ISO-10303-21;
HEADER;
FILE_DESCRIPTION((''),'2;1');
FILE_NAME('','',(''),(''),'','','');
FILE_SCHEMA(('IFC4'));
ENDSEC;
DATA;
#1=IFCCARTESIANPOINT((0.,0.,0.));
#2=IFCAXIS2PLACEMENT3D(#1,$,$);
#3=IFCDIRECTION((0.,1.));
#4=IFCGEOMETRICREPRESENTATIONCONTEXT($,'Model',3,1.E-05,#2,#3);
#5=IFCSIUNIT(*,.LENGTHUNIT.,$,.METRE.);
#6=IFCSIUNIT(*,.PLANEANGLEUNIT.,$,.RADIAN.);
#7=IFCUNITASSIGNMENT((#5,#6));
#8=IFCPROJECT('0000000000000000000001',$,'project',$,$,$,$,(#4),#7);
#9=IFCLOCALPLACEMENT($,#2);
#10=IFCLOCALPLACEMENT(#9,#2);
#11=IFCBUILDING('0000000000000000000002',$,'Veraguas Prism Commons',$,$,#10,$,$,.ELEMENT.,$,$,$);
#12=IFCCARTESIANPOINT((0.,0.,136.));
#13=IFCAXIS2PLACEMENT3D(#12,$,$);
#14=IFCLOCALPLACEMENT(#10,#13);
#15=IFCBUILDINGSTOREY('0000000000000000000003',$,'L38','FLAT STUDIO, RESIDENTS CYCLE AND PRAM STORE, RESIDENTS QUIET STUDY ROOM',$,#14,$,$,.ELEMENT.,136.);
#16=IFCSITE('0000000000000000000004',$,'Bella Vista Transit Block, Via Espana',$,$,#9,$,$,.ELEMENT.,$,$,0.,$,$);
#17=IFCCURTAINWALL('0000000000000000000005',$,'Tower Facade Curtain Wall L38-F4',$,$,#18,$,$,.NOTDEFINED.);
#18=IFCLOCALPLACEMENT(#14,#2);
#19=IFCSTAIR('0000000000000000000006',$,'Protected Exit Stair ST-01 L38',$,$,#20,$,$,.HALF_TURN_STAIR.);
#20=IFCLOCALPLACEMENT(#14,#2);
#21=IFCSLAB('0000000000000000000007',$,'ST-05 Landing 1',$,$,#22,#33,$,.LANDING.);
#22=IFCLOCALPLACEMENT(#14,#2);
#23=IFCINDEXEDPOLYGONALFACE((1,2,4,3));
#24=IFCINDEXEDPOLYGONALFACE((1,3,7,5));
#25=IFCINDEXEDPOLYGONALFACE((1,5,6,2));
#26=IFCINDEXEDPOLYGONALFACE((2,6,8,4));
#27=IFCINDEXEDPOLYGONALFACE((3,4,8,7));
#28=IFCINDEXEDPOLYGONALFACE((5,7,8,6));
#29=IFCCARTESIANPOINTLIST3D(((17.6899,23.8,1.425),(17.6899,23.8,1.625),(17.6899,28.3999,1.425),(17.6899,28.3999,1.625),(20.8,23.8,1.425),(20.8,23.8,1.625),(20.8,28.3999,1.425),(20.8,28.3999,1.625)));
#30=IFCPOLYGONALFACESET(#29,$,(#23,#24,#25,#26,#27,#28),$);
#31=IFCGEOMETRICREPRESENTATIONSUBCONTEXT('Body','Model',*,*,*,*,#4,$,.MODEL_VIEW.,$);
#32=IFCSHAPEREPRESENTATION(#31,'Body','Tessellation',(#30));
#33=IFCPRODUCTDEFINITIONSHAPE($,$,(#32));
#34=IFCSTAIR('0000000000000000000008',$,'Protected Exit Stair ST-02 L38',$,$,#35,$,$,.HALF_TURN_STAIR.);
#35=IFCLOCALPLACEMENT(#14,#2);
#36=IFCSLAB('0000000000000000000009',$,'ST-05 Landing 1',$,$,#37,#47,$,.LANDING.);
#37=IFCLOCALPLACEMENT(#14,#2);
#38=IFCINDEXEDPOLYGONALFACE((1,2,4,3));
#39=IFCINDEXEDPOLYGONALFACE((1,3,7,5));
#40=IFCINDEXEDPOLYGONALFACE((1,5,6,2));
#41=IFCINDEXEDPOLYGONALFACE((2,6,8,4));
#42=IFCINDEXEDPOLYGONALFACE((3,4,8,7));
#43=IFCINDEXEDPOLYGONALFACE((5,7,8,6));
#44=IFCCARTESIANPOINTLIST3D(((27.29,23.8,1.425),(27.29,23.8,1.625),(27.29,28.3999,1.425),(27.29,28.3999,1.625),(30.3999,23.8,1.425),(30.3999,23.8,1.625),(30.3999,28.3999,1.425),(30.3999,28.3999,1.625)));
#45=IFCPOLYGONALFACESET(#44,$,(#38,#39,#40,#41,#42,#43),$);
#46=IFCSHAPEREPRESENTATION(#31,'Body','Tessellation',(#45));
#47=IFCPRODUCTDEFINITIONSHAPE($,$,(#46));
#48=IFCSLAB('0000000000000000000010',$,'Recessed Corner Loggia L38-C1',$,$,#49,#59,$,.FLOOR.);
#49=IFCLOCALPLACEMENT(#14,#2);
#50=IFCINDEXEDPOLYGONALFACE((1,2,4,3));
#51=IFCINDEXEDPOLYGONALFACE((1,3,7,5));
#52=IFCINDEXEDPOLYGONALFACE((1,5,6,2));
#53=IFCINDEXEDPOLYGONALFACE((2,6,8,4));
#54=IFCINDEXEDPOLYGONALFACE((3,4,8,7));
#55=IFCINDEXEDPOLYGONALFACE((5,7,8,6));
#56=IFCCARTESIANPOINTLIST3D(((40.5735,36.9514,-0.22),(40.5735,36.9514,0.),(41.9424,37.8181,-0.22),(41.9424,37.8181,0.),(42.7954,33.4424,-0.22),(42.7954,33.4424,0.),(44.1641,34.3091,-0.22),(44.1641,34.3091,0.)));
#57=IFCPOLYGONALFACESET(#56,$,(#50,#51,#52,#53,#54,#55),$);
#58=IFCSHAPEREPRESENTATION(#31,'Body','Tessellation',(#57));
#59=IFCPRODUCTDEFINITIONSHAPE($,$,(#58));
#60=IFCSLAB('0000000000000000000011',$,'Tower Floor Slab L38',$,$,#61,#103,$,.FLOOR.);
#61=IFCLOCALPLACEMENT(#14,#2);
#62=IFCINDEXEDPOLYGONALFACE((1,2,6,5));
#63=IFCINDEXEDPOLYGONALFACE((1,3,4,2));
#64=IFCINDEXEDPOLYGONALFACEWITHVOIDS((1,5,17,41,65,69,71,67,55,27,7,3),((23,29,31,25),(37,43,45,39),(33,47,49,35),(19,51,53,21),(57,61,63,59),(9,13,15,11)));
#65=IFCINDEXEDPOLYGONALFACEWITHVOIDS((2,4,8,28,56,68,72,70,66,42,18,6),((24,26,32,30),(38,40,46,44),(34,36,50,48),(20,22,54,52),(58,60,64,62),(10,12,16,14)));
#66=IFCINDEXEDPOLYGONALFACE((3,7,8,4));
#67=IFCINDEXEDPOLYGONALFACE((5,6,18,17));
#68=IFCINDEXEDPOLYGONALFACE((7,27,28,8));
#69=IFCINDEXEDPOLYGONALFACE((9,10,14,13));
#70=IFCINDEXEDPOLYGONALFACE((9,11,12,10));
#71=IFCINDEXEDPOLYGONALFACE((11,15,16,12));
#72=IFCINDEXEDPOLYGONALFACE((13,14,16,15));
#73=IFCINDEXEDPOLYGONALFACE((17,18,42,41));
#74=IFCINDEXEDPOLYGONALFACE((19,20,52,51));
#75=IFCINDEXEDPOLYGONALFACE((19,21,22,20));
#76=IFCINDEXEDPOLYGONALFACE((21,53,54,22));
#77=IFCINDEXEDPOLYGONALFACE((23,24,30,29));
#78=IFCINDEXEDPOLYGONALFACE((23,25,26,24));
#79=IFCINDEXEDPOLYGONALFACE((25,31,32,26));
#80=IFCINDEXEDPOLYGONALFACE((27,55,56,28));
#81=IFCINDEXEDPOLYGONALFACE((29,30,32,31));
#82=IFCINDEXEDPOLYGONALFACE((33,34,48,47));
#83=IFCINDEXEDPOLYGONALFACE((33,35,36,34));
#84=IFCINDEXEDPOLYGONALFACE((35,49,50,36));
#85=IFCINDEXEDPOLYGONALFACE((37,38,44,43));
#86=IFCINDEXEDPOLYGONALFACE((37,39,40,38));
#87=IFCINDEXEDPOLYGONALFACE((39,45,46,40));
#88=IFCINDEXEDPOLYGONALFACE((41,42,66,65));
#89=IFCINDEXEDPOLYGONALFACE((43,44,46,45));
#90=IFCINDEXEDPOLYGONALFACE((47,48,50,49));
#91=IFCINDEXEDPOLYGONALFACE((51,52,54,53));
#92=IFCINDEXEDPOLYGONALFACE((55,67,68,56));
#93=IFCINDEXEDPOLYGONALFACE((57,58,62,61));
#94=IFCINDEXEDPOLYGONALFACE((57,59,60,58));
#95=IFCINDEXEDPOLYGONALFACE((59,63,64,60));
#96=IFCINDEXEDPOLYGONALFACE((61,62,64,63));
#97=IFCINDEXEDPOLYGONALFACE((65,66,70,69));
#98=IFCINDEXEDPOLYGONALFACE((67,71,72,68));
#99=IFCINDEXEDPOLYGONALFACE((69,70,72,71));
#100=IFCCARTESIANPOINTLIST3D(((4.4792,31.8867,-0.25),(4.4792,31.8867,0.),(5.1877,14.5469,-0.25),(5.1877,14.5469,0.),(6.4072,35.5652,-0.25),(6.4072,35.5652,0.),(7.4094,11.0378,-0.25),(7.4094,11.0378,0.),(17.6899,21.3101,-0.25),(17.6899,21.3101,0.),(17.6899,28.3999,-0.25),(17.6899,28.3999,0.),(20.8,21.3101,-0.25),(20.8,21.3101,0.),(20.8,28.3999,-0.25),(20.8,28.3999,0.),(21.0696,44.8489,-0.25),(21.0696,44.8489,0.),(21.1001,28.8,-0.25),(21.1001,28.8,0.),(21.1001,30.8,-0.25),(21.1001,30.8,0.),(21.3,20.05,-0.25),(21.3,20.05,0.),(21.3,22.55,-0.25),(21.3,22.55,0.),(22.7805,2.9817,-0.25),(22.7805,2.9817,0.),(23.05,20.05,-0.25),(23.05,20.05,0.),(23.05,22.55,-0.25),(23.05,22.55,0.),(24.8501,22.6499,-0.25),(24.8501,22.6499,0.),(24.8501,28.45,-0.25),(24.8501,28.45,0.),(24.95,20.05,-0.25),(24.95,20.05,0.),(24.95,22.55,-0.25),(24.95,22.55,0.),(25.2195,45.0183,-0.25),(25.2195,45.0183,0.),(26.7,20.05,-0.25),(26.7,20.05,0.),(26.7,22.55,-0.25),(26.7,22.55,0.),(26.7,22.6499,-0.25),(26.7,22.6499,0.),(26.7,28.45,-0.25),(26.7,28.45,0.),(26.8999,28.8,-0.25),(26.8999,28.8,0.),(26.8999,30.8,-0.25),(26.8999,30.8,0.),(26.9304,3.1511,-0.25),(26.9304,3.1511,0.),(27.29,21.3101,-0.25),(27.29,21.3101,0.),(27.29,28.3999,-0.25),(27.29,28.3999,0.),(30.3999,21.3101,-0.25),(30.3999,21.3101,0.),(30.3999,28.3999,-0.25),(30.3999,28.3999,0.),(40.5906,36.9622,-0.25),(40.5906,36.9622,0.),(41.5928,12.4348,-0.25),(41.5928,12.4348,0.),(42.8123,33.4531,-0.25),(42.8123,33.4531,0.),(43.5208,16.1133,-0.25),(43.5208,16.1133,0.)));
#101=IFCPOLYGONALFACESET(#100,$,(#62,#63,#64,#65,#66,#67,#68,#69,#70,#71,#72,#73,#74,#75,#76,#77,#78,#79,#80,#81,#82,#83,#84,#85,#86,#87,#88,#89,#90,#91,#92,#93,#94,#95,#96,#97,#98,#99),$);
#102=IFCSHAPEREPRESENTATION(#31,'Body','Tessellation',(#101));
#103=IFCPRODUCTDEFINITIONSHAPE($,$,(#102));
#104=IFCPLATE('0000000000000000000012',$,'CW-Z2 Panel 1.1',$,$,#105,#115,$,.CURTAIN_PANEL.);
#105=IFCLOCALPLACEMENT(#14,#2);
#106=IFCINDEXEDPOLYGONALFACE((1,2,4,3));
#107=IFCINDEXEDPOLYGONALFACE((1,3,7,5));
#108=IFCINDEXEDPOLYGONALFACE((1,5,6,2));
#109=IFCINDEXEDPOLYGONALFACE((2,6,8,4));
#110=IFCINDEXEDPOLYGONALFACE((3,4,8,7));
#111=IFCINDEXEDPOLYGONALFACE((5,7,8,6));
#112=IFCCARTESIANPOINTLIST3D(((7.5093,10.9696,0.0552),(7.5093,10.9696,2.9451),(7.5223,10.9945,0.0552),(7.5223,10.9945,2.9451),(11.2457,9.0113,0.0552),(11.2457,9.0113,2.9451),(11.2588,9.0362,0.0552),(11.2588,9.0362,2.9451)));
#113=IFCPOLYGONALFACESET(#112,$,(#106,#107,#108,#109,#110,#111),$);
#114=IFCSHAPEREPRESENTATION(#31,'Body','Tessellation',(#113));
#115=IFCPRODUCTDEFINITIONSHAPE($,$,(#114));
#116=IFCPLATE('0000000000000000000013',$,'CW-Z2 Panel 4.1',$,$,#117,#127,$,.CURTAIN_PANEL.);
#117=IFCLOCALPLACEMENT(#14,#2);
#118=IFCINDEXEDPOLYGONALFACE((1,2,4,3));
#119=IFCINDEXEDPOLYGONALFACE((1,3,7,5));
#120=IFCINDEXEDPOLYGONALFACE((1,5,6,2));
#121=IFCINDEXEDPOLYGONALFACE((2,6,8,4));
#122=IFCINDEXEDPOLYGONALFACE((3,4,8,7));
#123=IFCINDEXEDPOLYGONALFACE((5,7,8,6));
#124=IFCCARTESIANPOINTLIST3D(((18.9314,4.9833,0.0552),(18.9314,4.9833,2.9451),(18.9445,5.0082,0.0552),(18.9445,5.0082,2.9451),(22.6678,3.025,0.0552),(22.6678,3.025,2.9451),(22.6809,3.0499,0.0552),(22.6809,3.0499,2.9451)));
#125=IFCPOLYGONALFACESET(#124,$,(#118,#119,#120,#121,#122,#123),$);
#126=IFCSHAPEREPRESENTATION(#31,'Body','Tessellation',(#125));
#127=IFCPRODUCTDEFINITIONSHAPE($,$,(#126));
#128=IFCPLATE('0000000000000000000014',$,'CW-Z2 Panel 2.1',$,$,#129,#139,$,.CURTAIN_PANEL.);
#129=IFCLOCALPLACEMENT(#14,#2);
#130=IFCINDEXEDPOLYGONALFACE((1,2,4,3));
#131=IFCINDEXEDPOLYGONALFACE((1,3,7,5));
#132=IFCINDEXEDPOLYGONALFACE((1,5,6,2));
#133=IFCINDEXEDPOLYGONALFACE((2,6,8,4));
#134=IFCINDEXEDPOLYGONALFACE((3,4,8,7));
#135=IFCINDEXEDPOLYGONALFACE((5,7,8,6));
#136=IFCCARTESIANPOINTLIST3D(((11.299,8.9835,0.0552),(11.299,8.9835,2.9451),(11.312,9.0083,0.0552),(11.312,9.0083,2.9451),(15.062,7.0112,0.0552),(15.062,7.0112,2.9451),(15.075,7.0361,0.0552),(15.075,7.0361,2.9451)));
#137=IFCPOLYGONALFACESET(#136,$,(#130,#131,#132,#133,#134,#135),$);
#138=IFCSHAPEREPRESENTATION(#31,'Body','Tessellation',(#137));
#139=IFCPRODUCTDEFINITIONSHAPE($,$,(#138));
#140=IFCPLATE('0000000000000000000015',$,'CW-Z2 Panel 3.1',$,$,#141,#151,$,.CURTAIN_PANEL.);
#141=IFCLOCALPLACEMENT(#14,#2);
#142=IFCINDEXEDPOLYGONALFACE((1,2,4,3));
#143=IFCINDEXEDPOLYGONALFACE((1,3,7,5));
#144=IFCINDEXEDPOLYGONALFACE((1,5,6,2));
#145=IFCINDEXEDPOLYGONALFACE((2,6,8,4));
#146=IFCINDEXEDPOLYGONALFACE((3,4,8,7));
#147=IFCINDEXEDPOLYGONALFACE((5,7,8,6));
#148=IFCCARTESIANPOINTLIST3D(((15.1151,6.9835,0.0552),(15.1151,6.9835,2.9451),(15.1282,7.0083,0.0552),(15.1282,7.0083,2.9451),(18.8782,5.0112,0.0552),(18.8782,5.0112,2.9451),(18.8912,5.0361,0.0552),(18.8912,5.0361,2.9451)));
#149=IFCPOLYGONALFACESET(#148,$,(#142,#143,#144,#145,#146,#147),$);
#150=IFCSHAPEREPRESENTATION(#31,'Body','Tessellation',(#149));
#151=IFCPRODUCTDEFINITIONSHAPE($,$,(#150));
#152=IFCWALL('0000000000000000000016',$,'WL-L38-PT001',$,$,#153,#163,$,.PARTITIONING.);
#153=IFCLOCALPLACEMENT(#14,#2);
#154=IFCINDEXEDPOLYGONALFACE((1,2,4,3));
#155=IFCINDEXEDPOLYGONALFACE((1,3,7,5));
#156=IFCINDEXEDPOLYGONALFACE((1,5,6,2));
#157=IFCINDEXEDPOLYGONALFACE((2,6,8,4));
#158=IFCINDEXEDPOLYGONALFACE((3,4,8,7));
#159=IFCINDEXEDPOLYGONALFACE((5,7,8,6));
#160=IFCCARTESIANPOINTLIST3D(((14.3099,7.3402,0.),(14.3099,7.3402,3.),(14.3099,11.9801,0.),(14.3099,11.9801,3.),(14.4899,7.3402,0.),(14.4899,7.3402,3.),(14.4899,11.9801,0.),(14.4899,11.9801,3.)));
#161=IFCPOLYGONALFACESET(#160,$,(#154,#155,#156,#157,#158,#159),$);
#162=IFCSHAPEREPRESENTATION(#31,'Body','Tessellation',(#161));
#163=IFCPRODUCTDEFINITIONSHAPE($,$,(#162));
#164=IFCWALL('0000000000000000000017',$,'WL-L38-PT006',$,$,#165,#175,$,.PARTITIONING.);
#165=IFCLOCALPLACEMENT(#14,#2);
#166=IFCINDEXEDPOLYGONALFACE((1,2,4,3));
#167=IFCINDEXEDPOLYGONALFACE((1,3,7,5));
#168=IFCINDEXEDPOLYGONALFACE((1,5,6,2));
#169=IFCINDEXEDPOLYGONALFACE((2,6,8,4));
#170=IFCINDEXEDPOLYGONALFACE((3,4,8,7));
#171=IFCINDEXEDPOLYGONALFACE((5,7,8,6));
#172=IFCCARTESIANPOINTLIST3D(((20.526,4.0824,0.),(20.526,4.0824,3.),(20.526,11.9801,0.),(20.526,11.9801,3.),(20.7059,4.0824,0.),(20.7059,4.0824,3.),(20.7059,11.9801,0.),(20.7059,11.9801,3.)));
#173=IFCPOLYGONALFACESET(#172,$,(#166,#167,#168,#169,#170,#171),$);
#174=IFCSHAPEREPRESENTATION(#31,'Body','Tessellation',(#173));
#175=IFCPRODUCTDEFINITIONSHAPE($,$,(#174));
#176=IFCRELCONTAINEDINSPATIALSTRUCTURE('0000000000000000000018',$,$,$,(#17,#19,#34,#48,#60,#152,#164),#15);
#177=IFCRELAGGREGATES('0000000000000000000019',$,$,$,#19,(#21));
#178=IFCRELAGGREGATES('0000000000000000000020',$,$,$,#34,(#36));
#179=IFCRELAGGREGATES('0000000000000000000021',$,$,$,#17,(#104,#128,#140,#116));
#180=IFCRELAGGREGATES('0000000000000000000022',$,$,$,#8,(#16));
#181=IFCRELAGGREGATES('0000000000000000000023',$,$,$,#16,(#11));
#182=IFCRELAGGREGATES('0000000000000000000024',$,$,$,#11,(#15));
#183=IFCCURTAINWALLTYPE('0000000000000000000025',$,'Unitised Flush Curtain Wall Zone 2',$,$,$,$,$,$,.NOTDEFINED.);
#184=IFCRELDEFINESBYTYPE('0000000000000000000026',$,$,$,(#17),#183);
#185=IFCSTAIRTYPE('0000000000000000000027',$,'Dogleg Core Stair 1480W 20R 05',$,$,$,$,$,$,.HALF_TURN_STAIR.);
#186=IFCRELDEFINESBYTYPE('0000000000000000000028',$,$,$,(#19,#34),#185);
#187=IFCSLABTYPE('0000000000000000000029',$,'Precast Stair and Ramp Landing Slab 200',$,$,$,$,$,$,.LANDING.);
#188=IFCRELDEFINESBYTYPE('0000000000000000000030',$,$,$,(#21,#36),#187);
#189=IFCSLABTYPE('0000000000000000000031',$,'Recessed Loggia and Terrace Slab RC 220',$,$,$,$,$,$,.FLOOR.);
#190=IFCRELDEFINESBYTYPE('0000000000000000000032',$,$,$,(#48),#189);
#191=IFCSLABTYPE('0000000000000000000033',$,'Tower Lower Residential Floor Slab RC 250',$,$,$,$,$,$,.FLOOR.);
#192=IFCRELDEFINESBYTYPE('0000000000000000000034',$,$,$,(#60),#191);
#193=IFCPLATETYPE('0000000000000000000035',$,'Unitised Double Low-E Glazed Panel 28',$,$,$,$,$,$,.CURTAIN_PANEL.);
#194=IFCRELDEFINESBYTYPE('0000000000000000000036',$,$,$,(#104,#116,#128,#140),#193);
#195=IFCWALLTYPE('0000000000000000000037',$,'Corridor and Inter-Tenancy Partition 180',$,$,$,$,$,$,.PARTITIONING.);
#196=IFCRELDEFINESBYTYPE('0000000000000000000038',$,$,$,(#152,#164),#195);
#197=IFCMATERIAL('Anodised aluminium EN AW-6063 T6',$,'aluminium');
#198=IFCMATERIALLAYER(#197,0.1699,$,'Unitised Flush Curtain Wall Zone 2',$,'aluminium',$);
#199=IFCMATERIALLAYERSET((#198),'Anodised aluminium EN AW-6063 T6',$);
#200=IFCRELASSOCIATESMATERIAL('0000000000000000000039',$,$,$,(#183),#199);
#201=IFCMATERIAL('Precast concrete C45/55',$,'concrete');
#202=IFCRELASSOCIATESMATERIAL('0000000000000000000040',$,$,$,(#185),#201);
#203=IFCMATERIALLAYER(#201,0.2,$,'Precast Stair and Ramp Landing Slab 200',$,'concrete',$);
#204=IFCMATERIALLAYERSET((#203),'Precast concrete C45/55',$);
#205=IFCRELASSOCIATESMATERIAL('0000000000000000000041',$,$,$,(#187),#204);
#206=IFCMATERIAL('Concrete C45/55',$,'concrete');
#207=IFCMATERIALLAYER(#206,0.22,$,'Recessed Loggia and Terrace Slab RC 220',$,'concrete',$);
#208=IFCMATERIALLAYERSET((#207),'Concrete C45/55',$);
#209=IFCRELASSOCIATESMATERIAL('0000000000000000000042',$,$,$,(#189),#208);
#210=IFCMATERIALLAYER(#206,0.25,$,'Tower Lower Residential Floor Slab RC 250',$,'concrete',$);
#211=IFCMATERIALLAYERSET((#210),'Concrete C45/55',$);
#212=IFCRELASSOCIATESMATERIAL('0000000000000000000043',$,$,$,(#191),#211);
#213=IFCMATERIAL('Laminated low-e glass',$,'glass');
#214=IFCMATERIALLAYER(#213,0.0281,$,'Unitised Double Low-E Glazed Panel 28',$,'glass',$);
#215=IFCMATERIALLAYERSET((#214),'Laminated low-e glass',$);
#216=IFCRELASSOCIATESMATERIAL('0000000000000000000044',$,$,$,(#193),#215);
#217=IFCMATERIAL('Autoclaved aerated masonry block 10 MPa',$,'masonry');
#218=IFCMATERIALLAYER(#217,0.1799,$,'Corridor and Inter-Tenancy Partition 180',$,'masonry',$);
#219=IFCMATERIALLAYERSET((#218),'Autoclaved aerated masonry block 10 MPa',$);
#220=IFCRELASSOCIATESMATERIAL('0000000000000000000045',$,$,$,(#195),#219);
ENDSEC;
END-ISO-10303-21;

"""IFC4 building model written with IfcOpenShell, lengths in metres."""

from ifc_helpers import new_model, si_unit, direction, frame, frame_2d, origin, origin_2d, place, context, subcontext, project, spatial, polyline, rectangle, outline, extrude, source, transform, mapped, material, layer, layer_set, type_object, element, aggregate, save


model = new_model("IFC4")

# Units and contexts
model_context = context("Model", 3, precision=1e-05, world=origin(), true_north=direction((0.0, 1.0)))
body_context = subcontext(model_context, "Body", "Model", "MODEL_VIEW")
ifc_project = project(units=[si_unit("LENGTHUNIT", "METRE"), si_unit("PLANEANGLEUNIT", "RADIAN")], contexts=[model_context])

# Site, building, storey
site_placement = place(None, origin())
site = spatial("IfcSite", under=ifc_project, at=site_placement, Name="Bella Vista Transit Block, Via Espana", CompositionType="ELEMENT", RefElevation=0.0)
building_placement = place(site_placement, origin())
building = spatial("IfcBuilding", under=site, at=building_placement, Name="Veraguas Prism Commons", CompositionType="ELEMENT")
storey_placement = place(building_placement, frame((0.0, 0.0, 136.0)))
storey = spatial("IfcBuildingStorey", under=building, at=storey_placement, Name="L38", Description="FLAT STUDIO, RESIDENTS CYCLE AND PRAM STORE, RESIDENTS QUIET STUDY ROOM", CompositionType="ELEMENT", Elevation=136.0)

# Curtain wall
ifc_material_1 = material(Name="Anodised aluminium EN AW-6063 T6", Category="aluminium")
ifc_layer_1 = layer(ifc_material_1, 0.1699, Name="Unitised Flush Curtain Wall Zone 2", Category="aluminium")
ifc_layer_set_1 = layer_set([ifc_layer_1], Name="Anodised aluminium EN AW-6063 T6")
curtain_wall_type = type_object("IfcCurtainWallType", Name="Unitised Flush Curtain Wall Zone 2", PredefinedType="NOTDEFINED", material=ifc_layer_set_1)
curtain_wall_1_placement = place(storey_placement, origin())
curtain_wall_1 = element("IfcCurtainWall", 1, at=curtain_wall_1_placement, inside=storey, type_object=curtain_wall_type, Name="Tower Facade Curtain Wall L38-F4", PredefinedType="NOTDEFINED")

# Stairs, slabs
ifc_material_2 = material(Name="Precast concrete C45/55", Category="concrete")
stair_type = type_object("IfcStairType", Name="Dogleg Core Stair 1480W 20R 05", PredefinedType="HALF_TURN_STAIR", material=ifc_material_2)
stair_1_placement = place(storey_placement, origin())
stair_1 = element("IfcStair", 2, at=stair_1_placement, inside=storey, type_object=stair_type, Name="Protected Exit Stair ST-01 L38", PredefinedType="HALF_TURN_STAIR")
ifc_layer_2 = layer(ifc_material_2, 0.2, Name="Precast Stair and Ramp Landing Slab 200", Category="concrete")
ifc_layer_set_2 = layer_set([ifc_layer_2], Name="Precast concrete C45/55")
slab_type_1 = type_object("IfcSlabType", Name="Precast Stair and Ramp Landing Slab 200", PredefinedType="LANDING", material=ifc_layer_set_2)
slab_1_placement = place(storey_placement, frame((0.0, 0.0, 1.425)))
slab_1 = element("IfcSlab", 3, at=slab_1_placement, type_object=slab_type_1, Name="ST-05 Landing 1", PredefinedType="LANDING", context=body_context, shape_type="SweptSolid", body=[
    extrude(outline(polyline([(20.8, 23.8), (20.8, 28.3999), (17.6899, 28.3999), (17.6899, 23.8), (20.8, 23.8)])), origin(), (0.0, 0.0, 1.0), 0.2),
])
aggregate(stair_1, [slab_1])
stair_2_placement = place(storey_placement, origin())
stair_2 = element("IfcStair", 4, at=stair_2_placement, inside=storey, type_object=stair_type, Name="Protected Exit Stair ST-02 L38", PredefinedType="HALF_TURN_STAIR")
slab_2_placement = place(storey_placement, frame((0.0, 0.0, 1.425)))
slab_2 = element("IfcSlab", 5, at=slab_2_placement, type_object=slab_type_1, Name="ST-05 Landing 1", PredefinedType="LANDING", context=body_context, shape_type="SweptSolid", body=[
    extrude(outline(polyline([(30.3999, 23.8), (30.3999, 28.3999), (27.29, 28.3999), (27.29, 23.8), (30.3999, 23.8)])), origin(), (0.0, 0.0, 1.0), 0.2),
])
aggregate(stair_2, [slab_2])

# Slabs
ifc_material_3 = material(Name="Concrete C45/55", Category="concrete")
ifc_layer_3 = layer(ifc_material_3, 0.22, Name="Recessed Loggia and Terrace Slab RC 220", Category="concrete")
ifc_layer_set_3 = layer_set([ifc_layer_3], Name="Concrete C45/55")
slab_type_2 = type_object("IfcSlabType", Name="Recessed Loggia and Terrace Slab RC 220", PredefinedType="FLOOR", material=ifc_layer_set_3)
slab_3_placement = place(storey_placement, frame((0.0, 0.0, -0.22)))
element("IfcSlab", 6, at=slab_3_placement, inside=storey, type_object=slab_type_2, Name="Recessed Corner Loggia L38-C1", PredefinedType="FLOOR", context=body_context, shape_type="SweptSolid", body=[
    extrude(outline(polyline([(42.7954, 33.4424), (44.1641, 34.3091), (41.9424, 37.8181), (40.5735, 36.9514), (42.7954, 33.4424)])), origin(), (0.0, 0.0, 1.0), 0.22),
])
ifc_layer_4 = layer(ifc_material_3, 0.25, Name="Tower Lower Residential Floor Slab RC 250", Category="concrete")
ifc_layer_set_4 = layer_set([ifc_layer_4], Name="Concrete C45/55")
slab_type_3 = type_object("IfcSlabType", Name="Tower Lower Residential Floor Slab RC 250", PredefinedType="FLOOR", material=ifc_layer_set_4)
slab_4_placement = place(storey_placement, frame((0.0, 0.0, -0.25)))
element("IfcSlab", 7, at=slab_4_placement, inside=storey, type_object=slab_type_3, Name="Tower Floor Slab L38", PredefinedType="FLOOR", context=body_context, shape_type="SweptSolid", body=[
    extrude(outline(polyline([(42.8123, 33.4531), (40.5906, 36.9622), (25.2195, 45.0183), (21.0696, 44.8489), (6.4072, 35.5652), (4.4792, 31.8867), (5.1877, 14.5469), (7.4094, 11.0378), (22.7805, 2.9817), (26.9304, 3.1511), (41.5928, 12.4348), (43.5208, 16.1133), (42.8123, 33.4531)]), holes=[polyline([(20.8, 21.3101), (20.8, 28.3999), (17.6899, 28.3999), (17.6899, 21.3101), (20.8, 21.3101)]), polyline([(30.3999, 21.3101), (30.3999, 28.3999), (27.29, 28.3999), (27.29, 21.3101), (30.3999, 21.3101)]), polyline([(24.8501, 22.6499), (26.7, 22.6499), (26.7, 28.45), (24.8501, 28.45), (24.8501, 22.6499)]), polyline([(21.1001, 28.8), (26.8999, 28.8), (26.8999, 30.8), (21.1001, 30.8), (21.1001, 28.8)]), polyline([(21.3, 20.05), (23.05, 20.05), (23.05, 22.55), (21.3, 22.55), (21.3, 20.05)]), polyline([(24.95, 20.05), (26.7, 20.05), (26.7, 22.55), (24.95, 22.55), (24.95, 20.05)])]), origin(), (0.0, 0.0, 1.0), 0.25),
])

# Plates
ifc_material_4 = material(Name="Laminated low-e glass", Category="glass")
ifc_layer_5 = layer(ifc_material_4, 0.0281, Name="Unitised Double Low-E Glazed Panel 28", Category="glass")
ifc_layer_set_5 = layer_set([ifc_layer_5], Name="Laminated low-e glass")
plate_type = type_object("IfcPlateType", Name="Unitised Double Low-E Glazed Panel 28", PredefinedType="CURTAIN_PANEL", material=ifc_layer_set_5)
shared_shape_1 = source(origin(), body_context, "Body", "SweptSolid", [
    extrude(rectangle(XDim=4.2185, YDim=0.0281, at=origin_2d()), origin(), (0.0, 0.0, 1.0), 2.8899),
])
plate_1_placement = place(storey_placement, frame((9.384, 10.0029, 0.0552), z_axis=(0.0, 0.0, 1.0), x_axis=(0.885722, -0.464216, 0.0)))
plate_1 = element("IfcPlate", 8, at=plate_1_placement, type_object=plate_type, Name="CW-Z2 Panel 1.1", PredefinedType="CURTAIN_PANEL", context=body_context, shape_type="MappedRepresentation", body=[
    mapped(shared_shape_1, transform((0.0, 0.0, 0.0), scale=1.0)),
])
plate_2_placement = place(storey_placement, frame((20.8062, 4.0166, 0.0552), z_axis=(0.0, 0.0, 1.0), x_axis=(0.885722, -0.464216, 0.0)))
plate_2 = element("IfcPlate", 9, at=plate_2_placement, type_object=plate_type, Name="CW-Z2 Panel 4.1", PredefinedType="CURTAIN_PANEL", context=body_context, shape_type="MappedRepresentation", body=[
    mapped(shared_shape_1, transform((0.0, 0.0, 0.0), scale=1.0)),
])
shared_shape_2 = source(origin(), body_context, "Body", "SweptSolid", [
    extrude(rectangle(XDim=4.2485, YDim=0.0281, at=origin_2d()), origin(), (0.0, 0.0, 1.0), 2.8899),
])
plate_3_placement = place(storey_placement, frame((13.187, 8.0098, 0.0552), z_axis=(0.0, 0.0, 1.0), x_axis=(0.885722, -0.464216, 0.0)))
plate_3 = element("IfcPlate", 10, at=plate_3_placement, type_object=plate_type, Name="CW-Z2 Panel 2.1", PredefinedType="CURTAIN_PANEL", context=body_context, shape_type="MappedRepresentation", body=[
    mapped(shared_shape_2, transform((0.0, 0.0, 0.0), scale=1.0)),
])
plate_4_placement = place(storey_placement, frame((17.0032, 6.0098, 0.0552), z_axis=(0.0, 0.0, 1.0), x_axis=(0.885722, -0.464216, 0.0)))
plate_4 = element("IfcPlate", 11, at=plate_4_placement, type_object=plate_type, Name="CW-Z2 Panel 3.1", PredefinedType="CURTAIN_PANEL", context=body_context, shape_type="MappedRepresentation", body=[
    mapped(shared_shape_2, transform((0.0, 0.0, 0.0), scale=1.0)),
])
aggregate(curtain_wall_1, [plate_1, plate_3, plate_4, plate_2])

# Walls
ifc_material_5 = material(Name="Autoclaved aerated masonry block 10 MPa", Category="masonry")
ifc_layer_6 = layer(ifc_material_5, 0.1799, Name="Corridor and Inter-Tenancy Partition 180", Category="masonry")
ifc_layer_set_6 = layer_set([ifc_layer_6], Name="Autoclaved aerated masonry block 10 MPa")
wall_type_1 = type_object("IfcWallType", Name="Corridor and Inter-Tenancy Partition 180", PredefinedType="PARTITIONING", material=ifc_layer_set_6)
wall_1_placement = place(storey_placement, frame((14.3999, 11.98, 0.0), z_axis=(0.0, 0.0, 1.0), x_axis=(0.0, -1.0, 0.0)))
element("IfcWall", 12, at=wall_1_placement, inside=storey, type_object=wall_type_1, Name="WL-L38-PT001", PredefinedType="PARTITIONING", context=body_context, shape_type="SweptSolid", body=[
    extrude(rectangle(XDim=4.6399, YDim=0.1799, at=frame_2d((2.3198, 0.0))), origin(), (0.0, 0.0, 1.0), 3.0),
])
wall_2_placement = place(storey_placement, frame((20.616, 11.98, 0.0), z_axis=(0.0, 0.0, 1.0), x_axis=(0.0, -1.0, 0.0)))
element("IfcWall", 13, at=wall_2_placement, inside=storey, type_object=wall_type_1, Name="WL-L38-PT006", PredefinedType="PARTITIONING", context=body_context, shape_type="SweptSolid", body=[
    extrude(rectangle(XDim=7.8977, YDim=0.1799, at=frame_2d((3.9487, 0.0))), origin(), (0.0, 0.0, 1.0), 3.0),
])

save(model, "model.ifc")
